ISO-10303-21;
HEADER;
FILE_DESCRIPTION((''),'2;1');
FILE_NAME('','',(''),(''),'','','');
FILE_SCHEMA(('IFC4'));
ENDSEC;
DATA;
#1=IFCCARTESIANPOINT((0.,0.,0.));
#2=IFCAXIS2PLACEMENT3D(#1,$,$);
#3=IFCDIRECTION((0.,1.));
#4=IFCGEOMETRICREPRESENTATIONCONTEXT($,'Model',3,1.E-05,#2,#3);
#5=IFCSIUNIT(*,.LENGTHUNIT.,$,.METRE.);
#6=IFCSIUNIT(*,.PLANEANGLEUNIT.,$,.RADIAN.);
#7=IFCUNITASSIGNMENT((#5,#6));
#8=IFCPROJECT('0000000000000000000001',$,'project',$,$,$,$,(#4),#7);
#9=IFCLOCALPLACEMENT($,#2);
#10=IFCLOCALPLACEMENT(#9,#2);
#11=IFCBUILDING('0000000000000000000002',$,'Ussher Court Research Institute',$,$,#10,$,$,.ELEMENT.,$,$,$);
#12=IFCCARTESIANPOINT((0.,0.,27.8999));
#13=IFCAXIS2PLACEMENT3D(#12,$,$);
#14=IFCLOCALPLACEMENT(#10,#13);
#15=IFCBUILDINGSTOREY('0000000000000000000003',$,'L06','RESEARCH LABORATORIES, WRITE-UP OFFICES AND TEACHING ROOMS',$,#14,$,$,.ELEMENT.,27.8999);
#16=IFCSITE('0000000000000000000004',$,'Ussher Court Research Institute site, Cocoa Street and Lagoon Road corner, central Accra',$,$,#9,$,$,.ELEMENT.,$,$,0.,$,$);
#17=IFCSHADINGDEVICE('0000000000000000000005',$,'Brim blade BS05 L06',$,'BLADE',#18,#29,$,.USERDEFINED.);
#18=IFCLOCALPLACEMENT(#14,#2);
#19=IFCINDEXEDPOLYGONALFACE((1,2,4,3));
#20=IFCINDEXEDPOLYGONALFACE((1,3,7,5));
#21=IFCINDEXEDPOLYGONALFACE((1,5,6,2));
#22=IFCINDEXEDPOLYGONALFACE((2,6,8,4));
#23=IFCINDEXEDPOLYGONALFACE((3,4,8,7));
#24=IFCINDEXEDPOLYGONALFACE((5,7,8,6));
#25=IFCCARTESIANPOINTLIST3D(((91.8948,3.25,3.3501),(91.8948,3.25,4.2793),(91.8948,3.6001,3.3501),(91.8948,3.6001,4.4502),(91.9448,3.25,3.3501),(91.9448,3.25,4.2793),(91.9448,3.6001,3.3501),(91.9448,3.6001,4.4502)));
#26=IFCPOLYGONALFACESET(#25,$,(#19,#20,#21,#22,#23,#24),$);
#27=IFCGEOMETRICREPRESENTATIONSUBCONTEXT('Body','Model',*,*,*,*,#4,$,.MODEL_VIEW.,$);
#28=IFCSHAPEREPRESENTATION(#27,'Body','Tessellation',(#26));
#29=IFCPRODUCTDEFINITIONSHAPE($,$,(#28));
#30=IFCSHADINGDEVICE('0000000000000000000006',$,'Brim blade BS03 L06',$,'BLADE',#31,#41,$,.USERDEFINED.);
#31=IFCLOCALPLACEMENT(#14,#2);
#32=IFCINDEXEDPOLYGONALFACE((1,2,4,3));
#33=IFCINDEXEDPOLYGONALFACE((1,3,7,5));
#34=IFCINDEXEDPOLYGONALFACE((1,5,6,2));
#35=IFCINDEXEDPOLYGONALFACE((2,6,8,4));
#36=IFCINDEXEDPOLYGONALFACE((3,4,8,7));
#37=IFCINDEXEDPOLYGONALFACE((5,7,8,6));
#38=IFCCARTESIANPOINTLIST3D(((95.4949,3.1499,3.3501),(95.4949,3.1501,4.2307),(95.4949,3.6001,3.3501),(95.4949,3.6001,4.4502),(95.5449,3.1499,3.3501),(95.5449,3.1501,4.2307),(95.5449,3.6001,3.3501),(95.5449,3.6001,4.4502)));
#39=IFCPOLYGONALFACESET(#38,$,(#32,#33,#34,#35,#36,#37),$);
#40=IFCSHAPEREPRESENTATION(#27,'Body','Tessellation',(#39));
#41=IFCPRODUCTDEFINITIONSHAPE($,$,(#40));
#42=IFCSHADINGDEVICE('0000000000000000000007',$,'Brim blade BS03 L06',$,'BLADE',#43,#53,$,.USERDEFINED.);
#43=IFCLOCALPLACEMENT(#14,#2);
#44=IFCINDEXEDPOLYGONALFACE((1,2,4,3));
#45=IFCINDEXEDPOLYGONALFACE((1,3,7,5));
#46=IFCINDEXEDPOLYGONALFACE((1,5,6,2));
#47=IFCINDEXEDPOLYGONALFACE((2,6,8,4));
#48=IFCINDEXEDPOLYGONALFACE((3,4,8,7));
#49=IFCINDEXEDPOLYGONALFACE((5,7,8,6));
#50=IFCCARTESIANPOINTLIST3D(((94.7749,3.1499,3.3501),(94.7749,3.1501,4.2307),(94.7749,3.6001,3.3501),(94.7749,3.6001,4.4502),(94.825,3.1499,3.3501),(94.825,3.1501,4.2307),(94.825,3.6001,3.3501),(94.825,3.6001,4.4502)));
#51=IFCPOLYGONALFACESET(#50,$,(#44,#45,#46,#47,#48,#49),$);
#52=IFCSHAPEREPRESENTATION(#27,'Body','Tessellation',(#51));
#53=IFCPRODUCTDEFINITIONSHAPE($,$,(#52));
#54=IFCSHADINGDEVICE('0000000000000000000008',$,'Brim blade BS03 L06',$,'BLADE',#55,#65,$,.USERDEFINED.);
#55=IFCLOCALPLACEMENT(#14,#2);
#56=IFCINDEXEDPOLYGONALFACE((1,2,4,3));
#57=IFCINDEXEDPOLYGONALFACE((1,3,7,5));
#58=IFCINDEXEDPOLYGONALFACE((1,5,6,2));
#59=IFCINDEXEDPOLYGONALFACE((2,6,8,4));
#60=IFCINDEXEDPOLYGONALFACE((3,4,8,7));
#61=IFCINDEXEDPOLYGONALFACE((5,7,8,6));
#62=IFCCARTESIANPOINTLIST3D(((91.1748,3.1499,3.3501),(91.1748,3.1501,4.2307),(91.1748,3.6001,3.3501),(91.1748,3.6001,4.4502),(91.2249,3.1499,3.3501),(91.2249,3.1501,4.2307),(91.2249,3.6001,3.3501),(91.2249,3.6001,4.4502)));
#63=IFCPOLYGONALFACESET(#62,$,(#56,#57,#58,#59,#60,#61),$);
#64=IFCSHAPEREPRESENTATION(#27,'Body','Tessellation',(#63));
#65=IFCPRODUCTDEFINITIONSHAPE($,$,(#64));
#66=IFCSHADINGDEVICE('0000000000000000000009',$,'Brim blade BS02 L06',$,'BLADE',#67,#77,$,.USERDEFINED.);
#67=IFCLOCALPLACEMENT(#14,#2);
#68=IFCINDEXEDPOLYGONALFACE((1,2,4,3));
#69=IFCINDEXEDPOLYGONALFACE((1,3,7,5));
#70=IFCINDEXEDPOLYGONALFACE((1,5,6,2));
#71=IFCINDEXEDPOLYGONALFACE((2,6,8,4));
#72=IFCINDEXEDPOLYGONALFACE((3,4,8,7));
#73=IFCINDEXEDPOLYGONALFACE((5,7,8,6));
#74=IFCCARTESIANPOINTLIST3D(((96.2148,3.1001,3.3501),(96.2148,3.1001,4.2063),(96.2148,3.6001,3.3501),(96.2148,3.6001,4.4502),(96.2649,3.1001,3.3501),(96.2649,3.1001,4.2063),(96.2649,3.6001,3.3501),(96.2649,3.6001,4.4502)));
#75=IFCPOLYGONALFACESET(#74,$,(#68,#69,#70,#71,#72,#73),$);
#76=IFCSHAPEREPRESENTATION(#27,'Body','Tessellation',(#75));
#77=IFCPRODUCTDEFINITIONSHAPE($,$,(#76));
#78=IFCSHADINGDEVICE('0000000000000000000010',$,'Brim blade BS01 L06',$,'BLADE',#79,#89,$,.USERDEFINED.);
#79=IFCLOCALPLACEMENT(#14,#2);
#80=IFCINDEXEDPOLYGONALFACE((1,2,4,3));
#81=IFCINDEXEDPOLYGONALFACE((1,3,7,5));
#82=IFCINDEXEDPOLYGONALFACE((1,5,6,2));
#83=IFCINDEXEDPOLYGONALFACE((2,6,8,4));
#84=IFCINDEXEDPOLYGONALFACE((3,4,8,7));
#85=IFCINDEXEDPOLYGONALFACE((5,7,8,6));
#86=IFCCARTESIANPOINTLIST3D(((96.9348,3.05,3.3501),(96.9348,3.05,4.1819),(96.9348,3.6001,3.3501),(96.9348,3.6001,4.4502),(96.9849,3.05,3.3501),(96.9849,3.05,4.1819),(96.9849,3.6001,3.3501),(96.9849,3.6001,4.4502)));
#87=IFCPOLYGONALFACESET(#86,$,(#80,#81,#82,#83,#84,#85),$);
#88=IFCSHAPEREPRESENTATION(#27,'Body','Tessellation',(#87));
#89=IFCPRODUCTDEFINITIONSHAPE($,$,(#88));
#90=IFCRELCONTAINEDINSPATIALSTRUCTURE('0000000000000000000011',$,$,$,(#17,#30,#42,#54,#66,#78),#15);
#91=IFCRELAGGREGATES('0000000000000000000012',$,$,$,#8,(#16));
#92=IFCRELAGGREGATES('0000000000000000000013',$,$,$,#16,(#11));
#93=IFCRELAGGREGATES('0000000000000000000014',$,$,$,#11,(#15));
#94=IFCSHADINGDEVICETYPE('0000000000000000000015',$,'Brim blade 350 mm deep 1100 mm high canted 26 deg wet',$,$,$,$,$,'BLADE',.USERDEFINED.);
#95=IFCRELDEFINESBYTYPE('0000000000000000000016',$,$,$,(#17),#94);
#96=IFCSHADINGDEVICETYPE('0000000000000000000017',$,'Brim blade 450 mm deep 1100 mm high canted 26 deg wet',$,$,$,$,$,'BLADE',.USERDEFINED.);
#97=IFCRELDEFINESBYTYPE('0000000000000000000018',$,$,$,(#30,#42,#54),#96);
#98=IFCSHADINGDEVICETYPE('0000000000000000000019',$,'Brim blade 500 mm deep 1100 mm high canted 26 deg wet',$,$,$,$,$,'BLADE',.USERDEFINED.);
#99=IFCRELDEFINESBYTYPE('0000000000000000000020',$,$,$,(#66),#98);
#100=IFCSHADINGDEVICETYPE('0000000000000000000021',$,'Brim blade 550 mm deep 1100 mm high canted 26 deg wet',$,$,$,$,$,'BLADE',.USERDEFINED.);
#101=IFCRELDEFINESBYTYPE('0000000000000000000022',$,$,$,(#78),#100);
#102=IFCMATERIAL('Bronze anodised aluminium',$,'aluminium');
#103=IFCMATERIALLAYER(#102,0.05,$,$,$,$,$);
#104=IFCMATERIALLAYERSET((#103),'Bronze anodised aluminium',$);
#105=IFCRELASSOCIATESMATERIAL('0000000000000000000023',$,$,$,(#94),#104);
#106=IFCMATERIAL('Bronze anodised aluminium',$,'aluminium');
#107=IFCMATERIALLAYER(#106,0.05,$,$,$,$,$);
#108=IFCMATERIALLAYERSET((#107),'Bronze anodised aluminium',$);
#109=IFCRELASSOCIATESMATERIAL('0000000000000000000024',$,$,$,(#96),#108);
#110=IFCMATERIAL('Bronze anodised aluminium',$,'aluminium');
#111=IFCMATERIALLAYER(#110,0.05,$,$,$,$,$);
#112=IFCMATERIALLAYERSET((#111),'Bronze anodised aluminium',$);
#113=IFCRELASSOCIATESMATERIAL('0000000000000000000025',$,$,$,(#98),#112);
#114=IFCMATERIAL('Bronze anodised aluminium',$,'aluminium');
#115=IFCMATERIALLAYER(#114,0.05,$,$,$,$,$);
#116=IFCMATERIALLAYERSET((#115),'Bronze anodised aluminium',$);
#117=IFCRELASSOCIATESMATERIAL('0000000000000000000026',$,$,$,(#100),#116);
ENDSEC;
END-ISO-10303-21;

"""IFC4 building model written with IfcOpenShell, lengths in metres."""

from ifc_helpers import new_model, si_unit, direction, frame, origin, place, context, subcontext, project, spatial, polyline, outline, extrude, material, layer, layer_set, type_object, element, save


model = new_model("IFC4")

# Units and contexts
model_context = context("Model", 3, precision=1e-05, world=origin(), true_north=direction((0.0, 1.0)))
body_context = subcontext(model_context, "Body", "Model", "MODEL_VIEW")
ifc_project = project(units=[si_unit("LENGTHUNIT", "METRE"), si_unit("PLANEANGLEUNIT", "RADIAN")], contexts=[model_context])

# Site, building, storey
site_placement = place(None, origin())
site = spatial("IfcSite", under=ifc_project, at=site_placement, Name="Ussher Court Research Institute site, Cocoa Street and Lagoon Road corner, central Accra", CompositionType="ELEMENT", RefElevation=0.0)
building_placement = place(site_placement, origin())
building = spatial("IfcBuilding", under=site, at=building_placement, Name="Ussher Court Research Institute", CompositionType="ELEMENT")
storey_placement = place(building_placement, frame((0.0, 0.0, 27.8999)))
storey = spatial("IfcBuildingStorey", under=building, at=storey_placement, Name="L06", Description="RESEARCH LABORATORIES, WRITE-UP OFFICES AND TEACHING ROOMS", CompositionType="ELEMENT", Elevation=27.8999)

# Shading devices
ifc_material_1 = material(Name="Bronze anodised aluminium", Category="aluminium")
ifc_layer_1 = layer(ifc_material_1, 0.05)
ifc_layer_set_1 = layer_set([ifc_layer_1], Name="Bronze anodised aluminium")
shading_device_type_1 = type_object("IfcShadingDeviceType", Name="Brim blade 350 mm deep 1100 mm high canted 26 deg wet", ElementType="BLADE", PredefinedType="USERDEFINED", material=ifc_layer_set_1)
for number, where, z_axis, x_axis, name in (
    (1, (91.9199, 3.6001, 3.3501), (0.0, 0.0, 1.0), (0.0, -1.0, 0.0), "Brim blade BS05 L06"),
):
    element("IfcShadingDevice", number, at=place(storey_placement, frame(where, z_axis=z_axis, x_axis=x_axis)), inside=storey, type_object=shading_device_type_1, Name=name, ObjectType="BLADE", PredefinedType="USERDEFINED", context=body_context, shape_type="SweptSolid", body=[
        extrude(outline(polyline([(0.0, 0.0), (0.3501, 0.0), (0.3501, 0.9292), (0.0, 1.1001), (0.0, 0.0)])), frame((0.0, 0.0249, 0.0), z_axis=(0.0, -1.0, 0.0), x_axis=(1.0, 0.0, 0.0)), (0.0, 0.0, 1.0), 0.05),
    ])
ifc_material_2 = material(Name="Bronze anodised aluminium", Category="aluminium")
ifc_layer_2 = layer(ifc_material_2, 0.05)
ifc_layer_set_2 = layer_set([ifc_layer_2], Name="Bronze anodised aluminium")
shading_device_type_2 = type_object("IfcShadingDeviceType", Name="Brim blade 450 mm deep 1100 mm high canted 26 deg wet", ElementType="BLADE", PredefinedType="USERDEFINED", material=ifc_layer_set_2)
for number, where, z_axis, x_axis, name in (
    (2, (95.52, 3.6001, 3.3501), (0.0, 0.0, 1.0), (0.0, -1.0, 0.0), "Brim blade BS03 L06"),
    (3, (94.8, 3.6001, 3.3501), (0.0, 0.0, 1.0), (0.0, -1.0, 0.0), "Brim blade BS03 L06"),
    (4, (91.2, 3.6001, 3.3501), (0.0, 0.0, 1.0), (0.0, -1.0, 0.0), "Brim blade BS03 L06"),
):
    element("IfcShadingDevice", number, at=place(storey_placement, frame(where, z_axis=z_axis, x_axis=x_axis)), inside=storey, type_object=shading_device_type_2, Name=name, ObjectType="BLADE", PredefinedType="USERDEFINED", context=body_context, shape_type="SweptSolid", body=[
        extrude(outline(polyline([(0.0, 0.0), (0.4502, 0.0), (0.45, 0.8806), (0.0, 1.1001), (0.0, 0.0)])), frame((0.0, 0.0249, 0.0), z_axis=(0.0, -1.0, 0.0), x_axis=(1.0, 0.0, 0.0)), (0.0, 0.0, 1.0), 0.05),
    ])
ifc_material_3 = material(Name="Bronze anodised aluminium", Category="aluminium")
ifc_layer_3 = layer(ifc_material_3, 0.05)
ifc_layer_set_3 = layer_set([ifc_layer_3], Name="Bronze anodised aluminium")
shading_device_type_3 = type_object("IfcShadingDeviceType", Name="Brim blade 500 mm deep 1100 mm high canted 26 deg wet", ElementType="BLADE", PredefinedType="USERDEFINED", material=ifc_layer_set_3)
shading_device_1_placement = place(storey_placement, frame((96.24, 3.6001, 3.3501), z_axis=(0.0, 0.0, 1.0), x_axis=(0.0, -1.0, 0.0)))
element("IfcShadingDevice", 5, at=shading_device_1_placement, inside=storey, type_object=shading_device_type_3, Name="Brim blade BS02 L06", ObjectType="BLADE", PredefinedType="USERDEFINED", context=body_context, shape_type="SweptSolid", body=[
    extrude(outline(polyline([(0.0, 0.0), (0.5, 0.0), (0.5, 0.8562), (0.0, 1.1001), (0.0, 0.0)])), frame((0.0, 0.0249, 0.0), z_axis=(0.0, -1.0, 0.0), x_axis=(1.0, 0.0, 0.0)), (0.0, 0.0, 1.0), 0.05),
])
ifc_material_4 = material(Name="Bronze anodised aluminium", Category="aluminium")
ifc_layer_4 = layer(ifc_material_4, 0.05)
ifc_layer_set_4 = layer_set([ifc_layer_4], Name="Bronze anodised aluminium")
shading_device_type_4 = type_object("IfcShadingDeviceType", Name="Brim blade 550 mm deep 1100 mm high canted 26 deg wet", ElementType="BLADE", PredefinedType="USERDEFINED", material=ifc_layer_set_4)
shading_device_2_placement = place(storey_placement, frame((96.96, 3.6001, 3.3501), z_axis=(0.0, 0.0, 1.0), x_axis=(0.0, -1.0, 0.0)))
element("IfcShadingDevice", 6, at=shading_device_2_placement, inside=storey, type_object=shading_device_type_4, Name="Brim blade BS01 L06", ObjectType="BLADE", PredefinedType="USERDEFINED", context=body_context, shape_type="SweptSolid", body=[
    extrude(outline(polyline([(0.0, 0.0), (0.55, 0.0), (0.55, 0.8318), (0.0, 1.1001), (0.0, 0.0)])), frame((0.0, 0.0249, 0.0), z_axis=(0.0, -1.0, 0.0), x_axis=(1.0, 0.0, 0.0)), (0.0, 0.0, 1.0), 0.05),
])

save(model, "model.ifc")
